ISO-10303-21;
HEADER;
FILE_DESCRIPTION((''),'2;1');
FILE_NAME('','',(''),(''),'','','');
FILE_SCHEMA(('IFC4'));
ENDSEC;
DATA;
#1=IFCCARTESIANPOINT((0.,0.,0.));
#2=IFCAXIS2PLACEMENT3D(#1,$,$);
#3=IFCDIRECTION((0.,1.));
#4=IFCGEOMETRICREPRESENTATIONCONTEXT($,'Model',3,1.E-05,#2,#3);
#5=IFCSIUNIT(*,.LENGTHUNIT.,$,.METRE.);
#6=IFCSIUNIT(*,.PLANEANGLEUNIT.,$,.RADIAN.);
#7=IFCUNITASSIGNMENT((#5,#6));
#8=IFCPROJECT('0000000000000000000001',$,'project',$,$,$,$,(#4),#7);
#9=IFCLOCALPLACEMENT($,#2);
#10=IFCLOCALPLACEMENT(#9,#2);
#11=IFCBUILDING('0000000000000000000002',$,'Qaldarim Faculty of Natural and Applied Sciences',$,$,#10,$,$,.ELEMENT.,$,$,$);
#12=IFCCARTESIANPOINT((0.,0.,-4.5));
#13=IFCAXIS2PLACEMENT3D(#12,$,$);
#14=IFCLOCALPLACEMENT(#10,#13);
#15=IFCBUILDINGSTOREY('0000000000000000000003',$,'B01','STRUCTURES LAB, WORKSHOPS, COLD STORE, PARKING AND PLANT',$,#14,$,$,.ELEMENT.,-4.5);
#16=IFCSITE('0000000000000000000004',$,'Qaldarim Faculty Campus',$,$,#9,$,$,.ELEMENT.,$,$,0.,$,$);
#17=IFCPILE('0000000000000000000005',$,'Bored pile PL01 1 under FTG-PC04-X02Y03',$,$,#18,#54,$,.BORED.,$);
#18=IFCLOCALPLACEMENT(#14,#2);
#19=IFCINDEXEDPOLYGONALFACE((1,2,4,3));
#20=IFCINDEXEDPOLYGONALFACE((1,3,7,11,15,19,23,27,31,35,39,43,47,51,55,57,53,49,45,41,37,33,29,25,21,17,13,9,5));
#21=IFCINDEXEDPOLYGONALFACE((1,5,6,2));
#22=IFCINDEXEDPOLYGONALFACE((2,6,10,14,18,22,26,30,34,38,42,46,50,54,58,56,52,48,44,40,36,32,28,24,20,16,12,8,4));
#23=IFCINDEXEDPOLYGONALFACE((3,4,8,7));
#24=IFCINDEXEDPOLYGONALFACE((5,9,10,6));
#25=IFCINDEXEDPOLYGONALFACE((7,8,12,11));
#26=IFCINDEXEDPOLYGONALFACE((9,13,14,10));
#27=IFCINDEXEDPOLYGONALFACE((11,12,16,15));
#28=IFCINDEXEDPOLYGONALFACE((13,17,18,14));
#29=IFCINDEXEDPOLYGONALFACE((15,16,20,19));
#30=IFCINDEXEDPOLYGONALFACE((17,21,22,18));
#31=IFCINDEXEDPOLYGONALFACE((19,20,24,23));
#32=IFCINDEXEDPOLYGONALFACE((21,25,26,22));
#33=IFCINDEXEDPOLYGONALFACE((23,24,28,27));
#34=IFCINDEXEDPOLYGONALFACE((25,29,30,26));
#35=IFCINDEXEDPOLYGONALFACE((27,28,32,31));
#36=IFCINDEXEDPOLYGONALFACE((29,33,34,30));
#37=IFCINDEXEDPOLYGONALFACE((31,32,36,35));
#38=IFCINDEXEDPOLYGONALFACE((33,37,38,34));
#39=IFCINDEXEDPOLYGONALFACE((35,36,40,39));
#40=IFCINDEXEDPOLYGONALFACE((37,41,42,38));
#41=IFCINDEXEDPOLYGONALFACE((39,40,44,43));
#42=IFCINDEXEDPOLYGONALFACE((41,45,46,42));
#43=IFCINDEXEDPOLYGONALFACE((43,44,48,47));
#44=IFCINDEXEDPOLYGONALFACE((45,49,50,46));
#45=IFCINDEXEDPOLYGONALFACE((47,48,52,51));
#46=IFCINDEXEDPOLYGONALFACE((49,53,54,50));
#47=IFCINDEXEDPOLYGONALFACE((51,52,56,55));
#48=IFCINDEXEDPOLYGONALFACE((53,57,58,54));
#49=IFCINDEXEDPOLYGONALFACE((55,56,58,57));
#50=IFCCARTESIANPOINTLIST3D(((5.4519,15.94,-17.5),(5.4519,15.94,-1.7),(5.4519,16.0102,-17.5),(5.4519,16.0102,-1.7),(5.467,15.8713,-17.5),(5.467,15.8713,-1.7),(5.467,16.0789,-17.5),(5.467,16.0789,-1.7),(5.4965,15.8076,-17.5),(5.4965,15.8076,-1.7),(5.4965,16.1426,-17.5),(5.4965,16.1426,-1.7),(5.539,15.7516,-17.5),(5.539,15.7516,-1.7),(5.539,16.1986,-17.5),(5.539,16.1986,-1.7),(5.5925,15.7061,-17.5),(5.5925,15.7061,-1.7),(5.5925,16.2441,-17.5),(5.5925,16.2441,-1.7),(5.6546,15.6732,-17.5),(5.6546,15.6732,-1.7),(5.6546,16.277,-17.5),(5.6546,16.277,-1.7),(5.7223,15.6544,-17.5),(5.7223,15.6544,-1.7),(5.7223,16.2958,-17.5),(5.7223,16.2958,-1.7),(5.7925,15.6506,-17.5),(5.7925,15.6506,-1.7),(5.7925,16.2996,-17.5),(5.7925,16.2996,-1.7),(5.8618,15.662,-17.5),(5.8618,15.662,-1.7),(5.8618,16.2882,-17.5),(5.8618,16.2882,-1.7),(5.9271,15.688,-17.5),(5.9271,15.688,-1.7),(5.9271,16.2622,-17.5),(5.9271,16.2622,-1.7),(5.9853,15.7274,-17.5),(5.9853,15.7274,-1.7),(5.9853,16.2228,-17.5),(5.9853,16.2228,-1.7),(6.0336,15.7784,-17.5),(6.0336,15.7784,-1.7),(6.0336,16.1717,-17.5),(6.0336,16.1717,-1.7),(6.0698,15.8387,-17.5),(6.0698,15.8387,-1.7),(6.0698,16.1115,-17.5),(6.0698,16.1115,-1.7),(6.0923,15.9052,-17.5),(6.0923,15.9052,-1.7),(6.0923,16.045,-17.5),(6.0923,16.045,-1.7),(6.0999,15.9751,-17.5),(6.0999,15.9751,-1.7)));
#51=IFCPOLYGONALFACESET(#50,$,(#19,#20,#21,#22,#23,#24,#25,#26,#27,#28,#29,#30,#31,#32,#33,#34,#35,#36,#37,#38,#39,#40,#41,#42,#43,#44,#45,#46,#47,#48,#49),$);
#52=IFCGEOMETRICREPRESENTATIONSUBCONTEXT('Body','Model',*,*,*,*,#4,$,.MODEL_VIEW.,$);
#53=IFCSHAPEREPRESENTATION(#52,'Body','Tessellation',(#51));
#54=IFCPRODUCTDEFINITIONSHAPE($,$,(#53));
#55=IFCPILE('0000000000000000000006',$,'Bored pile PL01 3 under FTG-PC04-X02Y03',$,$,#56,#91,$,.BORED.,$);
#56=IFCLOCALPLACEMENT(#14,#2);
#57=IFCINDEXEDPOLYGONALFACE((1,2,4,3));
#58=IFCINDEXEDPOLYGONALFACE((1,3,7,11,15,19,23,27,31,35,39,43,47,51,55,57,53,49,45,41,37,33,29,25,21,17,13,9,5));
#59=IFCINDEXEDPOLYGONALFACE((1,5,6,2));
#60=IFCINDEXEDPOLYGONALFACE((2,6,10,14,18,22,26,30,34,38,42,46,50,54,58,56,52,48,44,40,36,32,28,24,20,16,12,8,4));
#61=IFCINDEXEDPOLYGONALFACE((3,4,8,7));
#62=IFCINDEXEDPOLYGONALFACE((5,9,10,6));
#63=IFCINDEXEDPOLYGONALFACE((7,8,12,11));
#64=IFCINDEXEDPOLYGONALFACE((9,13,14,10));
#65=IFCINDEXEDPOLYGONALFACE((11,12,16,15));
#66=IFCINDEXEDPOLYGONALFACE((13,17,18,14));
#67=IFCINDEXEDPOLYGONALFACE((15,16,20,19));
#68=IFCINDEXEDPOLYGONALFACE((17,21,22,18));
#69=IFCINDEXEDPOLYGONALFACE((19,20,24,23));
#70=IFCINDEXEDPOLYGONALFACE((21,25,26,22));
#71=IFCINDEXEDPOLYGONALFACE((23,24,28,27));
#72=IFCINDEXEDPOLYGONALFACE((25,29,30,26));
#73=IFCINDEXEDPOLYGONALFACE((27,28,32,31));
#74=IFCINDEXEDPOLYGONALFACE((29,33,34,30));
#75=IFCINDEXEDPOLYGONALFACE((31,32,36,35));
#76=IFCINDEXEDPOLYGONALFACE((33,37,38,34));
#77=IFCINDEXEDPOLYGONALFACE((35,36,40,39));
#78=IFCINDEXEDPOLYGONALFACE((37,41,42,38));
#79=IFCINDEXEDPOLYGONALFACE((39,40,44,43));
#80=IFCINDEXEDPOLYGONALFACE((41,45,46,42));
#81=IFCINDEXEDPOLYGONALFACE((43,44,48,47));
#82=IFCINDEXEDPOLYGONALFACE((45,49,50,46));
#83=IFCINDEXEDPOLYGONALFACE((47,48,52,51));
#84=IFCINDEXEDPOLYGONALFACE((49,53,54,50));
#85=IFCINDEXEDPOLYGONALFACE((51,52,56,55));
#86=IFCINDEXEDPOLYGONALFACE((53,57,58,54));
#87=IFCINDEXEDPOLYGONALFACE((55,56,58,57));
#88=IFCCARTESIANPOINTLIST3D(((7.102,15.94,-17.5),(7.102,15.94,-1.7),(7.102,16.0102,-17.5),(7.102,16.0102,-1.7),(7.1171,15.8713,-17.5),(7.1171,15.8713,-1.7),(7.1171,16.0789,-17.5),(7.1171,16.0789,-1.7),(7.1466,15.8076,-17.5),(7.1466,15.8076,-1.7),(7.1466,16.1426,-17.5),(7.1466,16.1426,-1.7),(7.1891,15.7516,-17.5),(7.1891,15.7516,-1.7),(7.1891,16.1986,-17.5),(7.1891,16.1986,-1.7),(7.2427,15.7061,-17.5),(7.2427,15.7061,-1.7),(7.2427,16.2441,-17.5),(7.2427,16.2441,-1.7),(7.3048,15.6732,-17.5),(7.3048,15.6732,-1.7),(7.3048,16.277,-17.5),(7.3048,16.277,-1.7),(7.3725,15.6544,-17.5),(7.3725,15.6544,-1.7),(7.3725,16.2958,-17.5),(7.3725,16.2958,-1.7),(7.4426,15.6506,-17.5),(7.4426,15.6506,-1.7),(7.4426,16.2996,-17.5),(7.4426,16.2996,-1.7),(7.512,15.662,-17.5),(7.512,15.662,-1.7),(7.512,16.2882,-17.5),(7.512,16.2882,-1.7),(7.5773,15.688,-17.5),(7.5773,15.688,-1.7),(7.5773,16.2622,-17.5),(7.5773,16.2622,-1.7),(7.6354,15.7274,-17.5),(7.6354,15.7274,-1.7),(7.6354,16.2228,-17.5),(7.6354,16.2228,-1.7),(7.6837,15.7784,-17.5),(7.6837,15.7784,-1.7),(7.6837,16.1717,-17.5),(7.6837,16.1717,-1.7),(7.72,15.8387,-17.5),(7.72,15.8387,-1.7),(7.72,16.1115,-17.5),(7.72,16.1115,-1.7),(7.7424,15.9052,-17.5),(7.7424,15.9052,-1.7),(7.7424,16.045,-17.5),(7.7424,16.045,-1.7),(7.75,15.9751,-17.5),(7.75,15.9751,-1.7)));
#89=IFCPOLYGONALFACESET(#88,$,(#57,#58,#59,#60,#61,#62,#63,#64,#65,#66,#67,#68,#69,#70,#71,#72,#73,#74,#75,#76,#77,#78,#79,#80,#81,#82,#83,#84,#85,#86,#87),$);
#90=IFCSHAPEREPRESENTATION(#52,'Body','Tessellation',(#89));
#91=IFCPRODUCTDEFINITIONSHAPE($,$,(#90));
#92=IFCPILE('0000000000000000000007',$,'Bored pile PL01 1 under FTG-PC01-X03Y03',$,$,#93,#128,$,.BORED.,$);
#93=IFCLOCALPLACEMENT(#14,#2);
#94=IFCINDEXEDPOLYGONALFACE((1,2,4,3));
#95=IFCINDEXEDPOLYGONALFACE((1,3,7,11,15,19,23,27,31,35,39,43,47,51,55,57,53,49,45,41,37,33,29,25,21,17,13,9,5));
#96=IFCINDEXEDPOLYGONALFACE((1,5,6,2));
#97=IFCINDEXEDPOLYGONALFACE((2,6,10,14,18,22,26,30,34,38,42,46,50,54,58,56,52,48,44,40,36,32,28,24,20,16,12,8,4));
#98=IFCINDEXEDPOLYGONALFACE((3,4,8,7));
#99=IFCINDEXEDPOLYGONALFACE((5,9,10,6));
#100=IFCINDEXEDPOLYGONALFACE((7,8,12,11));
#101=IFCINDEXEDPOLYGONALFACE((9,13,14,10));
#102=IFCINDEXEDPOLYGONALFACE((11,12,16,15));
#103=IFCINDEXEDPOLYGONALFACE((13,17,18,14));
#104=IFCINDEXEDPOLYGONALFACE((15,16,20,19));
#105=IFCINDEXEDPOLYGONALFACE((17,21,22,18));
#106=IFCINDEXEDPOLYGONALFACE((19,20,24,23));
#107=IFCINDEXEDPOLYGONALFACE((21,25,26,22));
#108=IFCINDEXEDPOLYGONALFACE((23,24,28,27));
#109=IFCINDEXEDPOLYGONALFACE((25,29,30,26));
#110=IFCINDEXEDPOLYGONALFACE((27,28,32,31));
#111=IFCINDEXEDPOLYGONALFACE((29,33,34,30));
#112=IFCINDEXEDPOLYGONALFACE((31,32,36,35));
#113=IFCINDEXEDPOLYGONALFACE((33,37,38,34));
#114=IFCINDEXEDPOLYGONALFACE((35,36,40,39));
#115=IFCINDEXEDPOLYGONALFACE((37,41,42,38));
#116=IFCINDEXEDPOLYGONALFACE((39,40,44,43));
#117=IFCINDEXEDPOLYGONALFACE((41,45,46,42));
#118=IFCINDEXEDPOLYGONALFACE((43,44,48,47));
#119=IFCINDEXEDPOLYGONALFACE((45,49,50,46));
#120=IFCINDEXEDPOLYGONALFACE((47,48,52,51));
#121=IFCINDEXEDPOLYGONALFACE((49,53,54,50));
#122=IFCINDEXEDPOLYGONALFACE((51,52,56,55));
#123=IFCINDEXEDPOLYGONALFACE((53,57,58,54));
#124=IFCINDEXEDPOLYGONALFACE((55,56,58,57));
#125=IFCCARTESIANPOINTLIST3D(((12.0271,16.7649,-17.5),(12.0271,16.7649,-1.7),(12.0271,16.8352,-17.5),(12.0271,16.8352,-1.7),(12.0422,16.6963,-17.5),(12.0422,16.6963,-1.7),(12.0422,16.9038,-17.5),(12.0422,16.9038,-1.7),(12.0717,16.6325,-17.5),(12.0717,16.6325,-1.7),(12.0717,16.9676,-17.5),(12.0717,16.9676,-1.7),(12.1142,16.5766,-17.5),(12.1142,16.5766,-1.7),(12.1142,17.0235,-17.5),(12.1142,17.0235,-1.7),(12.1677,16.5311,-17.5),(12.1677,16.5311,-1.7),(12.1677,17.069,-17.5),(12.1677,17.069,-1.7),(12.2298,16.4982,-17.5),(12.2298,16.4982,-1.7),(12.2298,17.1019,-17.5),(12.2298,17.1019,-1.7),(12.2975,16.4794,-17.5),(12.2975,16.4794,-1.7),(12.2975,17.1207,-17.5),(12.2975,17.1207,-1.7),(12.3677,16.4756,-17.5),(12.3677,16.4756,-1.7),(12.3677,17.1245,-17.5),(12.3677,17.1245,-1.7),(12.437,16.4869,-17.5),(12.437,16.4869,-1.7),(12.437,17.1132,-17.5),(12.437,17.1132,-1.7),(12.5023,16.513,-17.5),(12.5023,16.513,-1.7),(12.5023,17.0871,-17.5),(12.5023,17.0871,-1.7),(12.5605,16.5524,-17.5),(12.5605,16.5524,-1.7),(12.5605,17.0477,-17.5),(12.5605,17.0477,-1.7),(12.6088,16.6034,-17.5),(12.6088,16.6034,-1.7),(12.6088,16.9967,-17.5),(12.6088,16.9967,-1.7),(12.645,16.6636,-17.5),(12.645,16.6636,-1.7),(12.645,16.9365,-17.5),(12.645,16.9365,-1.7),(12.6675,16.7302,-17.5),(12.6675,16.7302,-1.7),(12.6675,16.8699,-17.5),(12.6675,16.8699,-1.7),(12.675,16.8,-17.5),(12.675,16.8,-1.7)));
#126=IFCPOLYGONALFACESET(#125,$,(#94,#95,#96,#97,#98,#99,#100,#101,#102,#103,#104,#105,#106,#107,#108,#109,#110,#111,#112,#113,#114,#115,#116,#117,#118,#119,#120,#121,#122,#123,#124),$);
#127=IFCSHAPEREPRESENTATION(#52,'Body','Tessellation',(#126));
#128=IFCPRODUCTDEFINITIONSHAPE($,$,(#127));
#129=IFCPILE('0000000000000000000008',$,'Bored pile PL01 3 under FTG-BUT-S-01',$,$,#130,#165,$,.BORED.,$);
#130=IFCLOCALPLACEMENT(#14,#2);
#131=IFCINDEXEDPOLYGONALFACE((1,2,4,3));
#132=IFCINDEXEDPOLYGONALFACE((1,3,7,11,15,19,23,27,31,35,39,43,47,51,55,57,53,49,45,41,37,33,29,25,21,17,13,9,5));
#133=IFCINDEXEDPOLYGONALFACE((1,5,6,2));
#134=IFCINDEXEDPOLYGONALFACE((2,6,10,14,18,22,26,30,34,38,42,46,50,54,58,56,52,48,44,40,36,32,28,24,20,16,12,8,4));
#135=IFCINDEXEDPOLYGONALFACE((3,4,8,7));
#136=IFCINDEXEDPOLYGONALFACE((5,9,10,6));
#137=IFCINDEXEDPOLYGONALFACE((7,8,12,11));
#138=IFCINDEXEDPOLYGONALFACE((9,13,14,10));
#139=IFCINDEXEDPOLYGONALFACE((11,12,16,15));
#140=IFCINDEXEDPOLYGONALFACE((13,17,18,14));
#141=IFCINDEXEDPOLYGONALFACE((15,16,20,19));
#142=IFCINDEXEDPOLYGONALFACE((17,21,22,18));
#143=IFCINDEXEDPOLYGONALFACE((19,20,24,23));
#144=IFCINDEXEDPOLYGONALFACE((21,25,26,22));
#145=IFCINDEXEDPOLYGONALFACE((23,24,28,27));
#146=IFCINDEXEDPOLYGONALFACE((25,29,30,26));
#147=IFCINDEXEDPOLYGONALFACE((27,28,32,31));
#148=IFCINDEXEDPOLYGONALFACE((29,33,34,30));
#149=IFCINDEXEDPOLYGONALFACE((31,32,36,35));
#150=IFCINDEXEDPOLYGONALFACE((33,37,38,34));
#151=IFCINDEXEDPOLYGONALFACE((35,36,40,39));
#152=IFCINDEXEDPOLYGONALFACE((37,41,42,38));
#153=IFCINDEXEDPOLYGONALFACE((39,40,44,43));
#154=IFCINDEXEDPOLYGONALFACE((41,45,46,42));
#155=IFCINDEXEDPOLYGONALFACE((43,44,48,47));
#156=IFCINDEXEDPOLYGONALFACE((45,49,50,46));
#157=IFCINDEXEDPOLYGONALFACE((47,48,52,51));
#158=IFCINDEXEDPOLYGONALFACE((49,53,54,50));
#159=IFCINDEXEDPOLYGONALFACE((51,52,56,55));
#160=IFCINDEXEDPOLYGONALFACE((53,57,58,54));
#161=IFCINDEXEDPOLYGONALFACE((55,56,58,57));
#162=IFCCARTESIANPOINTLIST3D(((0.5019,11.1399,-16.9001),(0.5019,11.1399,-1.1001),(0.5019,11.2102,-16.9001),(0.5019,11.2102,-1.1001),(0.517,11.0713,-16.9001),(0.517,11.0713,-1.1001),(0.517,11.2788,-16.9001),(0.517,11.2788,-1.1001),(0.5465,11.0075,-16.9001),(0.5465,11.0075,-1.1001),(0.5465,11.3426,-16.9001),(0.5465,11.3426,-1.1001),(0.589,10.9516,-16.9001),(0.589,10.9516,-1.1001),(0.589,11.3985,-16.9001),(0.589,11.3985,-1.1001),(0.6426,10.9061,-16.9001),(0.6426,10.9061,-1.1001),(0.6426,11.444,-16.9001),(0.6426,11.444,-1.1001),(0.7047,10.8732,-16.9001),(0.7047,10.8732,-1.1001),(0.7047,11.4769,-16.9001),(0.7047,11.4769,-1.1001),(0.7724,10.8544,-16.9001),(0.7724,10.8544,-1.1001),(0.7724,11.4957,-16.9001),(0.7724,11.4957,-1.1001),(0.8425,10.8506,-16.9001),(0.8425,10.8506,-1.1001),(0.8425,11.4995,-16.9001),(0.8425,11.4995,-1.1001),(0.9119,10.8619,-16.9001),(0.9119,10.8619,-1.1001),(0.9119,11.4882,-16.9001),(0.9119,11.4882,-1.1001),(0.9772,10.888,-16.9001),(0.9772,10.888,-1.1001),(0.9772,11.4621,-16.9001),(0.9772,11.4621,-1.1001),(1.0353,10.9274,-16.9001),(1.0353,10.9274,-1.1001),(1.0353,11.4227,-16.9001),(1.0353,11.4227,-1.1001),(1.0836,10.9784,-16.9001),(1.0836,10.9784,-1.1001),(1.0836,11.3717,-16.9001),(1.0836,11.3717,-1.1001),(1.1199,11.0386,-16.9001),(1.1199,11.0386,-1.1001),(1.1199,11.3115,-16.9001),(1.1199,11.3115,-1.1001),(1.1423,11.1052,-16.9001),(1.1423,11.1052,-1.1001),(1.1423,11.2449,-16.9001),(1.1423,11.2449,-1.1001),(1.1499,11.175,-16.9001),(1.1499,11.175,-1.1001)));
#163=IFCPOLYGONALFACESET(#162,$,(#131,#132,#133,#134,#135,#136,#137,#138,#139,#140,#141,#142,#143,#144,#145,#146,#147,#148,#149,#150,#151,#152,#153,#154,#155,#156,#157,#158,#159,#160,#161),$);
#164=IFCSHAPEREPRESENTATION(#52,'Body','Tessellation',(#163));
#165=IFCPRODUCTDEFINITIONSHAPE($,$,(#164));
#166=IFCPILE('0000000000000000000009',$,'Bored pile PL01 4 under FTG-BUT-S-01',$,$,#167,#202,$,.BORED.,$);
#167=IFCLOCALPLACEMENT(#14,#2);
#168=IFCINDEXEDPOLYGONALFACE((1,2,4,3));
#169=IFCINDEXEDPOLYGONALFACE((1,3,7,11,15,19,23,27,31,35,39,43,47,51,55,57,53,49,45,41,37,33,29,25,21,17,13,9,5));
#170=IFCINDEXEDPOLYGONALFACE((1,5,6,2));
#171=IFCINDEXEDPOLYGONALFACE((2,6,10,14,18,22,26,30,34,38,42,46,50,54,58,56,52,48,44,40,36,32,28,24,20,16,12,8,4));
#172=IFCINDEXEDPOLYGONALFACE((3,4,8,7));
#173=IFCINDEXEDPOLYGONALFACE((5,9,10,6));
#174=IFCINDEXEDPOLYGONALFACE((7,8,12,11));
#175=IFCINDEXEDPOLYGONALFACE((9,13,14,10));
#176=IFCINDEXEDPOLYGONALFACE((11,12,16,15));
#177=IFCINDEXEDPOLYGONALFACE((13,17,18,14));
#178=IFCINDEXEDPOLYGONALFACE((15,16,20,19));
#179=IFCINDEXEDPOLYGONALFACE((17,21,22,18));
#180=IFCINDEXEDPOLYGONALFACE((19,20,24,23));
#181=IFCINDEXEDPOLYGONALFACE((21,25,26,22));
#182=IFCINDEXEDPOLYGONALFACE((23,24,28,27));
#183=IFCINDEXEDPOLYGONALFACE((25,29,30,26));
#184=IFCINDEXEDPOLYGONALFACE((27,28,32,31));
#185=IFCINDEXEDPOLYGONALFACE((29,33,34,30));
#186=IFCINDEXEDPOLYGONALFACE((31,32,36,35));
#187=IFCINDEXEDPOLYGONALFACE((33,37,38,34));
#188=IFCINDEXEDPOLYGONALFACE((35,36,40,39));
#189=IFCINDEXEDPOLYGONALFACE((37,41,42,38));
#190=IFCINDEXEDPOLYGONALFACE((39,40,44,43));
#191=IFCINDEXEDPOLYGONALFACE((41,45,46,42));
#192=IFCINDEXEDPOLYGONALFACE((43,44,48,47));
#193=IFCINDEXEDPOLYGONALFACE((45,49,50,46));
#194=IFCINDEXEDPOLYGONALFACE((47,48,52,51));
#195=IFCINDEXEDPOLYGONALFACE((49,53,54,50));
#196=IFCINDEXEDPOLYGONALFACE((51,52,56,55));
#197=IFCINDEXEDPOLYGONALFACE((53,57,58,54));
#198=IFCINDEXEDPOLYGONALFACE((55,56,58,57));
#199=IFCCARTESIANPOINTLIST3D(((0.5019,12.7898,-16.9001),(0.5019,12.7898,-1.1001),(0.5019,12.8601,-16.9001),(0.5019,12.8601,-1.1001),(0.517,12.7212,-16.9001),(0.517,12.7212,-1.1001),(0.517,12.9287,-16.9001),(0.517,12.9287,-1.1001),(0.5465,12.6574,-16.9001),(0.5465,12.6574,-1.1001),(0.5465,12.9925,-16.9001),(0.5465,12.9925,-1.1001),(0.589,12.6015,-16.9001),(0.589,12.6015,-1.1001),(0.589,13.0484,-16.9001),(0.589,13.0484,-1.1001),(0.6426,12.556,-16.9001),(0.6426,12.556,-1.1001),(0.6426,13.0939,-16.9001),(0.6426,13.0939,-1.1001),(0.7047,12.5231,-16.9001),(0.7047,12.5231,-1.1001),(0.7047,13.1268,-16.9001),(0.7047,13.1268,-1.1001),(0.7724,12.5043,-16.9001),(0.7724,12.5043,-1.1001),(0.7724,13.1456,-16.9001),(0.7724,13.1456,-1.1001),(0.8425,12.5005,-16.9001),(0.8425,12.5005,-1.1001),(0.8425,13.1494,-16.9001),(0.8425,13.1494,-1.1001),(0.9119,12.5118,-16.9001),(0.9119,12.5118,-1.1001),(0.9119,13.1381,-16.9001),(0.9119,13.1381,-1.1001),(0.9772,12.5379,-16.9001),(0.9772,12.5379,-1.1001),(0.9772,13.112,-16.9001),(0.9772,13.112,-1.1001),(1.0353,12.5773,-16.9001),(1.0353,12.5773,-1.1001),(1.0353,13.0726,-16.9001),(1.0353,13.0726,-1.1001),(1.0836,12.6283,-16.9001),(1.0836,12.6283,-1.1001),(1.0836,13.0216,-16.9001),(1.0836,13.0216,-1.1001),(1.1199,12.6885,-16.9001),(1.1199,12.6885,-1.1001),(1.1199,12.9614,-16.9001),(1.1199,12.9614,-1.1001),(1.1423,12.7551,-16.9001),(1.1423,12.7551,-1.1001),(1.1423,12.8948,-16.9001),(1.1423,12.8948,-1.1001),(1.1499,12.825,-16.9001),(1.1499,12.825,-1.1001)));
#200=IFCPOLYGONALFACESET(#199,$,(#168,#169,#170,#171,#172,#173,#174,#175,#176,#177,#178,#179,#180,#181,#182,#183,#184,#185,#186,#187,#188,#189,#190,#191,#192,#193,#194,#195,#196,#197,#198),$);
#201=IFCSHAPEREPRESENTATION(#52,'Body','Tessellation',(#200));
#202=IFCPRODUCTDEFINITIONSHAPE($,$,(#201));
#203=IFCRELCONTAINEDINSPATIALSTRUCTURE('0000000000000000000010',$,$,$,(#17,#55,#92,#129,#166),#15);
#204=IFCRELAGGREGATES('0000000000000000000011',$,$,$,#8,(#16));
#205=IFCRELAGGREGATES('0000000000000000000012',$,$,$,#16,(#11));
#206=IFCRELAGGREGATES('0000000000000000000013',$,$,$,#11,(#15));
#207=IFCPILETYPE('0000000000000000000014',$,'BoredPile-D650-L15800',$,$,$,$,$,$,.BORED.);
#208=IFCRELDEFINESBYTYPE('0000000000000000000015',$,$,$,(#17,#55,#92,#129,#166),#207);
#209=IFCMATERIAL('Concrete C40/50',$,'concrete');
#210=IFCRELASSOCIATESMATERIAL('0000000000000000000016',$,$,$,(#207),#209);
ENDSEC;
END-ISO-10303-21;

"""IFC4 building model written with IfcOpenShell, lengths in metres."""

from ifc_helpers import new_model, si_unit, direction, frame, origin, origin_2d, place, context, subcontext, project, spatial, circle, extrude, material, material_profile, profile_set, type_object, element, save


model = new_model("IFC4")

# Units and contexts
model_context = context("Model", 3, precision=1e-05, world=origin(), true_north=direction((0.0, 1.0)))
body_context = subcontext(model_context, "Body", "Model", "MODEL_VIEW")
ifc_project = project(units=[si_unit("LENGTHUNIT", "METRE"), si_unit("PLANEANGLEUNIT", "RADIAN")], contexts=[model_context])

# Site, building, storey
site_placement = place(None, origin())
site = spatial("IfcSite", under=ifc_project, at=site_placement, Name="Qaldarim Faculty Campus", CompositionType="ELEMENT", RefElevation=0.0)
building_placement = place(site_placement, origin())
building = spatial("IfcBuilding", under=site, at=building_placement, Name="Qaldarim Faculty of Natural and Applied Sciences", CompositionType="ELEMENT")
storey_placement = place(building_placement, frame((0.0, 0.0, -4.5)))
storey = spatial("IfcBuildingStorey", under=building, at=storey_placement, Name="B01", Description="STRUCTURES LAB, WORKSHOPS, COLD STORE, PARKING AND PLANT", CompositionType="ELEMENT", Elevation=-4.5)

# Piles
ifc_material_1 = material(Name="Concrete C40/50", Category="concrete")
ifc_material_profile_1 = material_profile(ifc_material_1, circle(Radius=0.325, at=origin_2d()), Name="PILE-D650")
ifc_profile_set_1 = profile_set([ifc_material_profile_1], Name="Concrete C40/50")
pile_type_1 = type_object("IfcPileType", Name="BoredPile-D650-L15800", PredefinedType="BORED", material=ifc_profile_set_1)
for number, where, z_axis, x_axis, name in (
    (1, (5.7749, 15.9751, -1.7), (0.0, 0.0, -1.0), (1.0, 0.0, 0.0), "Bored pile PL01 1 under FTG-PC04-X02Y03"),
    (2, (7.425, 15.9751, -1.7), (0.0, 0.0, -1.0), (1.0, 0.0, 0.0), "Bored pile PL01 3 under FTG-PC04-X02Y03"),
    (3, (12.3501, 16.8, -1.7), (0.0, 0.0, -1.0), (1.0, 0.0, 0.0), "Bored pile PL01 1 under FTG-PC01-X03Y03"),
    (4, (0.825, 11.175, -1.1001), (0.0, 0.0, -1.0), (1.0, 0.0, 0.0), "Bored pile PL01 3 under FTG-BUT-S-01"),
    (5, (0.825, 12.825, -1.1001), (0.0, 0.0, -1.0), (1.0, 0.0, 0.0), "Bored pile PL01 4 under FTG-BUT-S-01"),
):
    element("IfcPile", number, at=place(storey_placement, frame(where, z_axis=z_axis, x_axis=x_axis)), inside=storey, type_object=pile_type_1, Name=name, PredefinedType="BORED", context=body_context, shape_type="SweptSolid", body=[
        extrude(circle(Radius=0.325, at=origin_2d()), origin(), (0.0, 0.0, 1.0), 15.8),
    ])

save(model, "model.ifc")
